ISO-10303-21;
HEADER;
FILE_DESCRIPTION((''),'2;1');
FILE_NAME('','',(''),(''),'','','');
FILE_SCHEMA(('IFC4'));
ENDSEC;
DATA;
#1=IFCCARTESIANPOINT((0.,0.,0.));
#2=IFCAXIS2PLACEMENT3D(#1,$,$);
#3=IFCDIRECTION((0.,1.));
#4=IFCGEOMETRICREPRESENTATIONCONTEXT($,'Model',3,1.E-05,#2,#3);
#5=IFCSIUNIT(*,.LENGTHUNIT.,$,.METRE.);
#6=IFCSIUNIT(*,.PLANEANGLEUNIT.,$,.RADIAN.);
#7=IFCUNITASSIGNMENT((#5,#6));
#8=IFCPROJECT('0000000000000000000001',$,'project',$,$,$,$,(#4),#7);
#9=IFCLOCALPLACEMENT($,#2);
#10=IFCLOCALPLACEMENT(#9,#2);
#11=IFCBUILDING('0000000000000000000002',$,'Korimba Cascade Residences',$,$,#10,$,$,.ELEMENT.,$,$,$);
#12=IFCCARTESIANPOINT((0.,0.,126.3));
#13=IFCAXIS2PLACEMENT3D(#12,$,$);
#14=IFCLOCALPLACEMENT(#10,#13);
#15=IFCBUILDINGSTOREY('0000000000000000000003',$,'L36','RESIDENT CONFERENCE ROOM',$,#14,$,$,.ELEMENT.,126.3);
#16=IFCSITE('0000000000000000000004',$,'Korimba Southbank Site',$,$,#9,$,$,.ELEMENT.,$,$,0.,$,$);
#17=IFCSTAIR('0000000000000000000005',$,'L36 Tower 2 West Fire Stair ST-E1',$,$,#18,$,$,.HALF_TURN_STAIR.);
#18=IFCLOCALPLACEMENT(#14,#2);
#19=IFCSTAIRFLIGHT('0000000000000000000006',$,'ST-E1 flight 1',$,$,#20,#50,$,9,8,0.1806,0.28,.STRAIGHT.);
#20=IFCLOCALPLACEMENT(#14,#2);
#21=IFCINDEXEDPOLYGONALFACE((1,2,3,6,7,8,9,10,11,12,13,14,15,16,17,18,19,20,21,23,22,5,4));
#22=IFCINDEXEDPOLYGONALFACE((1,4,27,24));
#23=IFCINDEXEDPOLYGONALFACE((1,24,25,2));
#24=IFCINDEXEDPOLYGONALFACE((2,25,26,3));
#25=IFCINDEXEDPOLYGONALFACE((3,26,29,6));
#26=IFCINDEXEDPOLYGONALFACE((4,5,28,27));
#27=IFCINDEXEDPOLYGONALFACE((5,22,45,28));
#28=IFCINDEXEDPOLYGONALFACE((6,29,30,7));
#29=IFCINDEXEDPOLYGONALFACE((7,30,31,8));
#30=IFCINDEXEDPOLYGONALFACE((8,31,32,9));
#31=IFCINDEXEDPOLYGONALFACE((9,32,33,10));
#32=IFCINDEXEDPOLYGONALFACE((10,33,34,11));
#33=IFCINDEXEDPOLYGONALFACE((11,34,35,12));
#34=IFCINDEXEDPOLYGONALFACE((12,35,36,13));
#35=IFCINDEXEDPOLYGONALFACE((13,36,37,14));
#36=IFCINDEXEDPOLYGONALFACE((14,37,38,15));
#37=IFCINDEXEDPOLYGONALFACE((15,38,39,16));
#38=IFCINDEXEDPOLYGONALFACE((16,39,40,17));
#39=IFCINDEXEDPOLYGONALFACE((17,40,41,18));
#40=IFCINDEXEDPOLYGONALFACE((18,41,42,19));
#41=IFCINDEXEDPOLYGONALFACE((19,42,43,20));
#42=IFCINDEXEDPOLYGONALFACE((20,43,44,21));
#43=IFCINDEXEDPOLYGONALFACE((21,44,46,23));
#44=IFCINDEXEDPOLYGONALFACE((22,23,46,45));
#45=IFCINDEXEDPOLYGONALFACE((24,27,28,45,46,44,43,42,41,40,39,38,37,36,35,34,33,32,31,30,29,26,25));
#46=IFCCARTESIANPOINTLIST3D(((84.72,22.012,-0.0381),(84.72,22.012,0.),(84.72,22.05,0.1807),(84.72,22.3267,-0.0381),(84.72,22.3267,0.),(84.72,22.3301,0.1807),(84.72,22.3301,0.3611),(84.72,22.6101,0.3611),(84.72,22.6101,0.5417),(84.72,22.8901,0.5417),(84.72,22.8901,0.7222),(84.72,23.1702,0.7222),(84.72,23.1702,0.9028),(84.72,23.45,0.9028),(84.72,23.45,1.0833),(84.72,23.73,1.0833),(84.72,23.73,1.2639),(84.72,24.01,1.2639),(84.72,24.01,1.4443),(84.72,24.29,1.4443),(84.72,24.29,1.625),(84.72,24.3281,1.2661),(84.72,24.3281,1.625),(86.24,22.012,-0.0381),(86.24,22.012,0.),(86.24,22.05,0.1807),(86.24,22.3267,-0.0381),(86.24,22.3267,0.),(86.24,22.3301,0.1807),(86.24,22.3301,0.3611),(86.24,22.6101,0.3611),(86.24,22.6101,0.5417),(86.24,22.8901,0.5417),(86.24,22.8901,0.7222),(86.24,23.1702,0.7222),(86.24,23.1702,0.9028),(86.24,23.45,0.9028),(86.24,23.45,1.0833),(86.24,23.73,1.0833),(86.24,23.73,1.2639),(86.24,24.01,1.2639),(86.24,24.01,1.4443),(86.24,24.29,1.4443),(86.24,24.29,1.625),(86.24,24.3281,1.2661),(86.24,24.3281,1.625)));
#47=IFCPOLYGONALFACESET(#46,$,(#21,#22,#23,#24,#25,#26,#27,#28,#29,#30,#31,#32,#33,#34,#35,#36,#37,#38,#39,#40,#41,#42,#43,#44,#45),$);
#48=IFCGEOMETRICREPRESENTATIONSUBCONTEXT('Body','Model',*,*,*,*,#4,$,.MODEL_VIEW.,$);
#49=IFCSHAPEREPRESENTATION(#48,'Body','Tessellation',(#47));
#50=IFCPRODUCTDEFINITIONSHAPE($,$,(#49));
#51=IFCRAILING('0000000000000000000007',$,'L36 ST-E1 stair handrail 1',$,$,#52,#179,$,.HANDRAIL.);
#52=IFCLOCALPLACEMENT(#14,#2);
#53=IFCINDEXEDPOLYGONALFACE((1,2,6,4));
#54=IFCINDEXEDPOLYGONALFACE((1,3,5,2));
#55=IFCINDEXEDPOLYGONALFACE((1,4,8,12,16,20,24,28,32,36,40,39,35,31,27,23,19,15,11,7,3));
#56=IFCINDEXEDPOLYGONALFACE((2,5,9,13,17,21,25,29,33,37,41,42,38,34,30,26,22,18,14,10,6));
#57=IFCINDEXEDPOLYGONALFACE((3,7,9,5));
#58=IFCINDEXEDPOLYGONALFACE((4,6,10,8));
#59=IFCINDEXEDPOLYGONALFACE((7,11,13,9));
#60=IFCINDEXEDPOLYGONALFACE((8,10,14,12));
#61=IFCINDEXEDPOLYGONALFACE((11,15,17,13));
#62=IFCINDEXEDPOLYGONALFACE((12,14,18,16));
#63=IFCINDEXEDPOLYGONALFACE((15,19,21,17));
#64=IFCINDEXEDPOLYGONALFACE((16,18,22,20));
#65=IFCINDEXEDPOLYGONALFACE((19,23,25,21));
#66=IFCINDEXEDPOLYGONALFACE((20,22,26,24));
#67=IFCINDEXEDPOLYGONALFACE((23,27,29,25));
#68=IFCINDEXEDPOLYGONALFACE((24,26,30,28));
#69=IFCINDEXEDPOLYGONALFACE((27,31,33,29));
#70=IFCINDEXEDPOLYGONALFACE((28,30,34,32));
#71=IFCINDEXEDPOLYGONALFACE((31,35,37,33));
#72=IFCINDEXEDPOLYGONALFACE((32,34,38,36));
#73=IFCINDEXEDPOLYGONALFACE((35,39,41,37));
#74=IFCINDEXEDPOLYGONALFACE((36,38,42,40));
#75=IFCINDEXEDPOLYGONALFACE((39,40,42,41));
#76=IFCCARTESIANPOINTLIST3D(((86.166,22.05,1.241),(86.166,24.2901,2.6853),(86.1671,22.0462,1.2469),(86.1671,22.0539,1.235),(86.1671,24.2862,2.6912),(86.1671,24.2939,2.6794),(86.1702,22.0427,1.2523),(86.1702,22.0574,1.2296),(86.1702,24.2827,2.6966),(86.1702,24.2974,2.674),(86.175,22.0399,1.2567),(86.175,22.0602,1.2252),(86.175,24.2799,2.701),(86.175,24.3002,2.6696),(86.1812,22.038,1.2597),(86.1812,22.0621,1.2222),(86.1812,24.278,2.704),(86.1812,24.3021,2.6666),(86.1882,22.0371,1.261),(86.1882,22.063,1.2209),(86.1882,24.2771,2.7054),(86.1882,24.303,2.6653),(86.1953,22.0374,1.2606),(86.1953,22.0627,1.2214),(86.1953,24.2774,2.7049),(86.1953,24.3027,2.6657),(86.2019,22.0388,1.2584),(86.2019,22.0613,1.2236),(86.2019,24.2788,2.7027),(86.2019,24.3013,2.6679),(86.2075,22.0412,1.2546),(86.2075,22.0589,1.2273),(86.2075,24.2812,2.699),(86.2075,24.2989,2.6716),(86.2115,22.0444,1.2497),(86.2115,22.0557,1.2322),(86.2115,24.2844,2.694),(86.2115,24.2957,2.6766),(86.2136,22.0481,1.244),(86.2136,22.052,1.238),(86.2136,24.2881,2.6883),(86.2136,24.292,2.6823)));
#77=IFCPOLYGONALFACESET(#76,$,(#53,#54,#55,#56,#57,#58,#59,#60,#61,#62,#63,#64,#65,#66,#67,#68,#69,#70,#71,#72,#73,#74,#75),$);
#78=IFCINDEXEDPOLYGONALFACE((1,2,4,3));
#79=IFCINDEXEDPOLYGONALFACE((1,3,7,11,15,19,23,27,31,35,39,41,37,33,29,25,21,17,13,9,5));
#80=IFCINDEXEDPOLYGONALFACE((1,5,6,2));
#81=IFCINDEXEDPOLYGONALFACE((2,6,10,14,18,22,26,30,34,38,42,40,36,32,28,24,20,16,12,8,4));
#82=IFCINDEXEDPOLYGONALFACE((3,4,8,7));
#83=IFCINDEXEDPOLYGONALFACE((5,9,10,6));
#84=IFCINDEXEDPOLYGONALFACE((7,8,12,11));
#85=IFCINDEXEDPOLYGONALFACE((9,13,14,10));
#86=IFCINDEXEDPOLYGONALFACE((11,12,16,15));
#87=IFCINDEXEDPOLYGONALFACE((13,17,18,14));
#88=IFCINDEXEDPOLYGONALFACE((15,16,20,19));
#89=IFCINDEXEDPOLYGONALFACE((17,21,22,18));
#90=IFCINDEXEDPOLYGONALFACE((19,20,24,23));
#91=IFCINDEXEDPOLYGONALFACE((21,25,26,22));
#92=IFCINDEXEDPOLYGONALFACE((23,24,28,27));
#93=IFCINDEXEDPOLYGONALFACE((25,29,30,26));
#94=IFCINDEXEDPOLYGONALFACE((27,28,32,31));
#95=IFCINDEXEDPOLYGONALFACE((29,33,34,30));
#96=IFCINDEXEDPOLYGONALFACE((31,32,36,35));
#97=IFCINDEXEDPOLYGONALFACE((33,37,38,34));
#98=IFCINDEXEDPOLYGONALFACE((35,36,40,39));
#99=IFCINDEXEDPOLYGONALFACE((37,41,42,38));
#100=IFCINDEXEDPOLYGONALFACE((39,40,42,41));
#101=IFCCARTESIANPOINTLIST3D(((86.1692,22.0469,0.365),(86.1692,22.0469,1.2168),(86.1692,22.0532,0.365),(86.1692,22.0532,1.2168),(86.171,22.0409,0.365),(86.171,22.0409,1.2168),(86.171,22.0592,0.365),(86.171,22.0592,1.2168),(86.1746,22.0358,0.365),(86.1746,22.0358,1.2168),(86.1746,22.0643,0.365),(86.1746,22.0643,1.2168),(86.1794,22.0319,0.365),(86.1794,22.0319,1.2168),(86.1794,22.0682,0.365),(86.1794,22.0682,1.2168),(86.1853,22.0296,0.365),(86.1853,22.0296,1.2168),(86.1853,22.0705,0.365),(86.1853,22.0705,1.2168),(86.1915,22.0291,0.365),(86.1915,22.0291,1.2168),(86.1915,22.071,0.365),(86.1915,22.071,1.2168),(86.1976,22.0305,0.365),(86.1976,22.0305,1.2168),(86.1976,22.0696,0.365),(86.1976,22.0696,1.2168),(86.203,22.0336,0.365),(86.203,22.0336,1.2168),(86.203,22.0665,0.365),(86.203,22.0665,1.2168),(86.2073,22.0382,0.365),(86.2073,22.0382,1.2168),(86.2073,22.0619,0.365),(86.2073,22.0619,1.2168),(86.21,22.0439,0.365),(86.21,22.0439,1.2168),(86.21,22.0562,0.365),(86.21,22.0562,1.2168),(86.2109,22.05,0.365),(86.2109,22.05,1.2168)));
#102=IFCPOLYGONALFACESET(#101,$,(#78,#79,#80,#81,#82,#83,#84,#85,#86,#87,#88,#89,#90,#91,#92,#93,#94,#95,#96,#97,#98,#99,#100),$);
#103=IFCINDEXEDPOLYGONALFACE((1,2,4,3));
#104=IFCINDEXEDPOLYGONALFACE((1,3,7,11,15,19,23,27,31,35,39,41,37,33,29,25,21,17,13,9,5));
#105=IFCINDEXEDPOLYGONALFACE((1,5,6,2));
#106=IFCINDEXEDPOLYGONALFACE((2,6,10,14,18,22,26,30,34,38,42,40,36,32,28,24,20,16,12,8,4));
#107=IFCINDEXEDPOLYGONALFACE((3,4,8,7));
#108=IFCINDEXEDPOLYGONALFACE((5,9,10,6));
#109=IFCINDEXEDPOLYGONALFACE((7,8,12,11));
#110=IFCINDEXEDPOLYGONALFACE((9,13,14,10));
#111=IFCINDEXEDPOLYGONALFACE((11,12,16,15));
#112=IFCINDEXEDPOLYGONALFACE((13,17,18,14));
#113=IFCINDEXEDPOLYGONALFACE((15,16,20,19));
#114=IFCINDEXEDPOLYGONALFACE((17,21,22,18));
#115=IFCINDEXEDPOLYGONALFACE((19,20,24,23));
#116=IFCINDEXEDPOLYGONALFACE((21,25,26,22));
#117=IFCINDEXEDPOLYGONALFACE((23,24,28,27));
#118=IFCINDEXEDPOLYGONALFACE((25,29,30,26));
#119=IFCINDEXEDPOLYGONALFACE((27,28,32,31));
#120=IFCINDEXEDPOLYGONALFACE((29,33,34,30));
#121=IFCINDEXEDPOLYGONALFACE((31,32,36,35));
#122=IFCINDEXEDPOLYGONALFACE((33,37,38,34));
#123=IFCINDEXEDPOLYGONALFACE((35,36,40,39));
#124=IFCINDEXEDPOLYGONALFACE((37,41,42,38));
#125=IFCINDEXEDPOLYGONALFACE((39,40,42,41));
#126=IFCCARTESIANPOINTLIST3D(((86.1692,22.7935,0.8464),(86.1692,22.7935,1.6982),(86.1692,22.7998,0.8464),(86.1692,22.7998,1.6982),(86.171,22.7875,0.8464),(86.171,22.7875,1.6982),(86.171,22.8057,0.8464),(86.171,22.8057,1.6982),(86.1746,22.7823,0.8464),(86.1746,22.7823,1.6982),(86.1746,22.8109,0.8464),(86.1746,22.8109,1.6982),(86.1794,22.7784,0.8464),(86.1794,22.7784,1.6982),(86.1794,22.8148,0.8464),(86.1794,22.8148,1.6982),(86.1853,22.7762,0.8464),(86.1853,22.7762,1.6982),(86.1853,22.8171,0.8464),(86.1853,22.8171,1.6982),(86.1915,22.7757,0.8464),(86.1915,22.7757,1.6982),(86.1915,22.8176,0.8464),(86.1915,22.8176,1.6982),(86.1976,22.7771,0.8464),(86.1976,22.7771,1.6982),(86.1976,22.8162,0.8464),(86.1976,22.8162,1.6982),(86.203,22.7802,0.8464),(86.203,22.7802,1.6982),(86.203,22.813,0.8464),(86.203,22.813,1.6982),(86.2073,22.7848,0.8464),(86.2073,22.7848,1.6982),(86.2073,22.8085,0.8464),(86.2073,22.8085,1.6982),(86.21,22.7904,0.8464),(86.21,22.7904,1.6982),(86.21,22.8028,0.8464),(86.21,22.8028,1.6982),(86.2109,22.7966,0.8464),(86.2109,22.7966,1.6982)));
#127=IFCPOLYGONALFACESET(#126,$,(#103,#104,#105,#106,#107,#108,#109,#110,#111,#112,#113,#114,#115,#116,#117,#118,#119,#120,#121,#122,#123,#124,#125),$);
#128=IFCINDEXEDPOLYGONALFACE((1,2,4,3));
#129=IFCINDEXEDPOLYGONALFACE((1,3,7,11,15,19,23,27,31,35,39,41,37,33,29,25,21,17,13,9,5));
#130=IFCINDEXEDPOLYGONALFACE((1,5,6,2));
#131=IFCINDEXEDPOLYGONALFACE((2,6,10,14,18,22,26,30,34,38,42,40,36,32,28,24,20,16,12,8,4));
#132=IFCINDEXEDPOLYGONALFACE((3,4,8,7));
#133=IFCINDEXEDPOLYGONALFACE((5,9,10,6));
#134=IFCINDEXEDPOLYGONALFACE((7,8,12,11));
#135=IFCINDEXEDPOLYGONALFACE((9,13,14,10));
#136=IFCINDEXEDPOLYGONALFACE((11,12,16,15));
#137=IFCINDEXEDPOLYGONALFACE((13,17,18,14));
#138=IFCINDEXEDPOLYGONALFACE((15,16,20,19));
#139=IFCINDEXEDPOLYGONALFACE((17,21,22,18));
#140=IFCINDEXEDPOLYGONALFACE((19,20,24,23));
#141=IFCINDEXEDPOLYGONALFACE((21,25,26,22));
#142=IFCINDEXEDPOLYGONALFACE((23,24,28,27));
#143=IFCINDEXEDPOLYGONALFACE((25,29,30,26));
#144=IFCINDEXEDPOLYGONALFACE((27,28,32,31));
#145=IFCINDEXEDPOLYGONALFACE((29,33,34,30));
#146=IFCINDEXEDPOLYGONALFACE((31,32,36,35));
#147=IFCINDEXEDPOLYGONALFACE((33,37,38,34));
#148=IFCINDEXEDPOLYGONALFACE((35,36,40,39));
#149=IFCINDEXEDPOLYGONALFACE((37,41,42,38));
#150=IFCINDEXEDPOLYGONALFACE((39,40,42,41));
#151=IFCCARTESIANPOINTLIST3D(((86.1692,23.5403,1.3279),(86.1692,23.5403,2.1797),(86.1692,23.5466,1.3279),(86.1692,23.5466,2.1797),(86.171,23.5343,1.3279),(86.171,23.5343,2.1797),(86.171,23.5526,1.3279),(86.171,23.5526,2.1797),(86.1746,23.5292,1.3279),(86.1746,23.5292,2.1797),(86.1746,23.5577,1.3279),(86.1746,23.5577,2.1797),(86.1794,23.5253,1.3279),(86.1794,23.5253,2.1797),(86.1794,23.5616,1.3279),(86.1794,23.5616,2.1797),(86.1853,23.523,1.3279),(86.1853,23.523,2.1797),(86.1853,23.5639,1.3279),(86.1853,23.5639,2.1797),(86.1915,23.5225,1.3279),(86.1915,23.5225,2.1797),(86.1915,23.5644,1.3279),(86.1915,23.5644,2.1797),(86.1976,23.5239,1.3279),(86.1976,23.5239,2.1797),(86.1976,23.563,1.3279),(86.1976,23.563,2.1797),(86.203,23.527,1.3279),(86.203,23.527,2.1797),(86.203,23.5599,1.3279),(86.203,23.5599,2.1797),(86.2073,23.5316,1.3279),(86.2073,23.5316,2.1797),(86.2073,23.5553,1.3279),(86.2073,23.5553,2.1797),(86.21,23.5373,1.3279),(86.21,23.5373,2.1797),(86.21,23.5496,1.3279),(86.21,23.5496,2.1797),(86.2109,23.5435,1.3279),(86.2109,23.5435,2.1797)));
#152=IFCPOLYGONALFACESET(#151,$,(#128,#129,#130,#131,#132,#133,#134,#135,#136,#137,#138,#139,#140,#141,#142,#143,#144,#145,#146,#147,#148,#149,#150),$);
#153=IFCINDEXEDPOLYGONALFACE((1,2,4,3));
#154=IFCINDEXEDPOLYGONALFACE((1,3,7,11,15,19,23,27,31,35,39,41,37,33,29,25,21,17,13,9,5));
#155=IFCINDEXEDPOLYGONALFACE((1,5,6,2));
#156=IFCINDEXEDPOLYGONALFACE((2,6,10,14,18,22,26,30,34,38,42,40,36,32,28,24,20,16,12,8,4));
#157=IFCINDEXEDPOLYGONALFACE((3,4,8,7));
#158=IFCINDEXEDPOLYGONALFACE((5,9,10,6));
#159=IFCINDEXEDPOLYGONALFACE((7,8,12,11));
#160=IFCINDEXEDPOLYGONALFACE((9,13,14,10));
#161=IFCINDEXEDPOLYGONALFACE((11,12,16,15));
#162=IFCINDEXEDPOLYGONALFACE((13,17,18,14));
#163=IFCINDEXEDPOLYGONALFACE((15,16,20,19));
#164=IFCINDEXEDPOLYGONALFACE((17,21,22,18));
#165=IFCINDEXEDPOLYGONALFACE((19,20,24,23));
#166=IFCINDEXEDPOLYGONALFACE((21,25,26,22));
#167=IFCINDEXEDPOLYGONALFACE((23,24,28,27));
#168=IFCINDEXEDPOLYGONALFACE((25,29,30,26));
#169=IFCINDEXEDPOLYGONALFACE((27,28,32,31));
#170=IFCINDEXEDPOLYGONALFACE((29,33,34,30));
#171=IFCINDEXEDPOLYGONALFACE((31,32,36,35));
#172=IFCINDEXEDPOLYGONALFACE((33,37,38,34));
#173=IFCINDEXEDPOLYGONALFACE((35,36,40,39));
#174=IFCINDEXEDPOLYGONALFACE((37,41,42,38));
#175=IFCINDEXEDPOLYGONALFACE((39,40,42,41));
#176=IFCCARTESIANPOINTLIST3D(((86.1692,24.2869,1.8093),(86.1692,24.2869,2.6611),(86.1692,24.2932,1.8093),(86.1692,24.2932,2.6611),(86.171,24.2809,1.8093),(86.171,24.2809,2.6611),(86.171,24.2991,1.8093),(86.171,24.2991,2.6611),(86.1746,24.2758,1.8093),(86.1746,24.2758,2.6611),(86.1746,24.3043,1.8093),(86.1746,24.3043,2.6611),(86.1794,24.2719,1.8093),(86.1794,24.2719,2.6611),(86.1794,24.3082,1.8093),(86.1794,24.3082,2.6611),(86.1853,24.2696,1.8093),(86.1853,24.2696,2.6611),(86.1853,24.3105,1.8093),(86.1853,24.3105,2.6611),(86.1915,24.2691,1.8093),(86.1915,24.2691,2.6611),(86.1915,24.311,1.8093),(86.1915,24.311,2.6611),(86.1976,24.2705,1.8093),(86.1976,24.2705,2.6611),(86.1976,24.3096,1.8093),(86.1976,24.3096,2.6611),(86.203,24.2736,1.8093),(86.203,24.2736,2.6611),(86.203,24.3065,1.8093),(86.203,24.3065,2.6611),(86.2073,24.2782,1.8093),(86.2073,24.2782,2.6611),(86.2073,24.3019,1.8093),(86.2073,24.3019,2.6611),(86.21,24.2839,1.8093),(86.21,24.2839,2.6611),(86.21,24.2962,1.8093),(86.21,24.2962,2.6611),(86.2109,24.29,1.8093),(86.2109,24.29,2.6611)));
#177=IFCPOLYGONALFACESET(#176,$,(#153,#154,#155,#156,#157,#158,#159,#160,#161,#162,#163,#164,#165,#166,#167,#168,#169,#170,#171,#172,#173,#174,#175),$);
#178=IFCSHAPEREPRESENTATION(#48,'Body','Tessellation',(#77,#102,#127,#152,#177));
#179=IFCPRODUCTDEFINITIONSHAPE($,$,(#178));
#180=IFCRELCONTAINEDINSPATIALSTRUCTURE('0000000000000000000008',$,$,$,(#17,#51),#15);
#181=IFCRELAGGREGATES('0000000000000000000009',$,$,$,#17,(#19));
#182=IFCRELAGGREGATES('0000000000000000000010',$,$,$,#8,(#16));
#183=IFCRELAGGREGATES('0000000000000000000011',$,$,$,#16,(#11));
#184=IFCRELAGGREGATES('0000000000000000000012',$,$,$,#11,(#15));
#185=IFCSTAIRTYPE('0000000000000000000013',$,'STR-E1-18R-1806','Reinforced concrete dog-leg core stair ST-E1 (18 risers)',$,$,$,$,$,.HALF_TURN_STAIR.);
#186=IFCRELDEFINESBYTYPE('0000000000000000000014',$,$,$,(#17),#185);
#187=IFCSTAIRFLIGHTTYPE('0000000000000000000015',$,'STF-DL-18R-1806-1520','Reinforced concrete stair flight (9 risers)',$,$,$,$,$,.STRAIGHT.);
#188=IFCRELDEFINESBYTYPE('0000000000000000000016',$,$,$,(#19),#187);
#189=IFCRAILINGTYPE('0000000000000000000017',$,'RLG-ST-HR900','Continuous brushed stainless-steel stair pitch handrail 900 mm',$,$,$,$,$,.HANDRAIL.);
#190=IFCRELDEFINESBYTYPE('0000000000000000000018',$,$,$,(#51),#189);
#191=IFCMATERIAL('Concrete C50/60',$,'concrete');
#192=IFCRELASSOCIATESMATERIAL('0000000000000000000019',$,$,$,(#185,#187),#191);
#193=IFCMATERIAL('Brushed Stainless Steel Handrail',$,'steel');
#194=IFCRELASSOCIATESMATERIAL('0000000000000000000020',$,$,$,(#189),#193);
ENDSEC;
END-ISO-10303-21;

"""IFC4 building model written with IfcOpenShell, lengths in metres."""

from ifc_helpers import new_model, si_unit, direction, frame, origin, origin_2d, place, context, subcontext, project, spatial, polyline, circle, outline, extrude, material, type_object, element, aggregate, save


model = new_model("IFC4")

# Units and contexts
model_context = context("Model", 3, precision=1e-05, world=origin(), true_north=direction((0.0, 1.0)))
body_context = subcontext(model_context, "Body", "Model", "MODEL_VIEW")
ifc_project = project(units=[si_unit("LENGTHUNIT", "METRE"), si_unit("PLANEANGLEUNIT", "RADIAN")], contexts=[model_context])

# Site, building, storey
site_placement = place(None, origin())
site = spatial("IfcSite", under=ifc_project, at=site_placement, Name="Korimba Southbank Site", CompositionType="ELEMENT", RefElevation=0.0)
building_placement = place(site_placement, origin())
building = spatial("IfcBuilding", under=site, at=building_placement, Name="Korimba Cascade Residences", CompositionType="ELEMENT")
storey_placement = place(building_placement, frame((0.0, 0.0, 126.3)))
storey = spatial("IfcBuildingStorey", under=building, at=storey_placement, Name="L36", Description="RESIDENT CONFERENCE ROOM", CompositionType="ELEMENT", Elevation=126.3)

# Shared definitions
ifc_material_1 = material(Name="Concrete C50/60", Category="concrete")

# Stair, stair flight
stair_type = type_object("IfcStairType", Name="STR-E1-18R-1806", Description="Reinforced concrete dog-leg core stair ST-E1 (18 risers)", PredefinedType="HALF_TURN_STAIR", material=ifc_material_1)
stair_placement = place(storey_placement, origin())
stair = element("IfcStair", 1, at=stair_placement, inside=storey, type_object=stair_type, Name="L36 Tower 2 West Fire Stair ST-E1", PredefinedType="HALF_TURN_STAIR")
stair_flight_type = type_object("IfcStairFlightType", Name="STF-DL-18R-1806-1520", Description="Reinforced concrete stair flight (9 risers)", PredefinedType="STRAIGHT", material=ifc_material_1)
stair_flight_placement = place(storey_placement, frame((85.48, 22.05, 0.0), z_axis=(0.0, 0.0, 1.0), x_axis=(0.0, 1.0, 0.0)))
stair_flight = element("IfcStairFlight", 2, at=stair_flight_placement, type_object=stair_flight_type, Name="ST-E1 flight 1", NumberOfRisers=9, NumberOfTreads=8, PredefinedType="STRAIGHT", RiserHeight=0.1806, TreadLength=0.28, context=body_context, shape_type="SweptSolid", body=[
    extrude(outline(polyline([(-0.0381, 0.0), (0.0, 0.1807), (0.28, 0.1807), (0.28, 0.3611), (0.5601, 0.3611), (0.5601, 0.5417), (0.8401, 0.5417), (0.8401, 0.7222), (1.1201, 0.7222), (1.1201, 0.9028), (1.3999, 0.9028), (1.3999, 1.0833), (1.6799, 1.0833), (1.6799, 1.2639), (1.96, 1.2639), (1.96, 1.4443), (2.24, 1.4443), (2.24, 1.625), (2.2781, 1.625), (2.2781, 1.2661), (0.2766, 0.0), (0.2766, -0.0381), (-0.0381, -0.0381), (-0.0381, 0.0)])), frame((0.0, 0.76, 0.0), z_axis=(0.0, -1.0, 0.0), x_axis=(1.0, 0.0, 0.0)), (0.0, 0.0, 1.0), 1.52),
])
aggregate(stair, [stair_flight])

# Railing
ifc_material_2 = material(Name="Brushed Stainless Steel Handrail", Category="steel")
railing_type = type_object("IfcRailingType", Name="RLG-ST-HR900", Description="Continuous brushed stainless-steel stair pitch handrail 900 mm", PredefinedType="HANDRAIL", material=ifc_material_2)
railing_placement = place(storey_placement, frame((86.1899, 22.05, 0.365)))
element("IfcRailing", 3, at=railing_placement, inside=storey, type_object=railing_type, Name="L36 ST-E1 stair handrail 1", PredefinedType="HANDRAIL", context=body_context, shape_type="SweptSolid", body=[
    extrude(circle(Radius=0.0239, at=origin_2d()), frame((0.0, 0.0, 0.876), z_axis=(0.0, 0.840437, 0.54191), x_axis=(-1.0, 0.0, 0.0)), (0.0, 0.0, 1.0), 2.6653),
    extrude(circle(Radius=0.021, at=origin_2d()), origin(), (0.0, 0.0, 1.0), 0.8518),
    extrude(circle(Radius=0.021, at=origin_2d()), frame((0.0, 0.7466, 0.4814)), (0.0, 0.0, 1.0), 0.8518),
    extrude(circle(Radius=0.021, at=origin_2d()), frame((0.0, 1.4934, 0.9629)), (0.0, 0.0, 1.0), 0.8518),
    extrude(circle(Radius=0.021, at=origin_2d()), frame((0.0, 2.24, 1.4443)), (0.0, 0.0, 1.0), 0.8518),
])

save(model, "model.ifc")
